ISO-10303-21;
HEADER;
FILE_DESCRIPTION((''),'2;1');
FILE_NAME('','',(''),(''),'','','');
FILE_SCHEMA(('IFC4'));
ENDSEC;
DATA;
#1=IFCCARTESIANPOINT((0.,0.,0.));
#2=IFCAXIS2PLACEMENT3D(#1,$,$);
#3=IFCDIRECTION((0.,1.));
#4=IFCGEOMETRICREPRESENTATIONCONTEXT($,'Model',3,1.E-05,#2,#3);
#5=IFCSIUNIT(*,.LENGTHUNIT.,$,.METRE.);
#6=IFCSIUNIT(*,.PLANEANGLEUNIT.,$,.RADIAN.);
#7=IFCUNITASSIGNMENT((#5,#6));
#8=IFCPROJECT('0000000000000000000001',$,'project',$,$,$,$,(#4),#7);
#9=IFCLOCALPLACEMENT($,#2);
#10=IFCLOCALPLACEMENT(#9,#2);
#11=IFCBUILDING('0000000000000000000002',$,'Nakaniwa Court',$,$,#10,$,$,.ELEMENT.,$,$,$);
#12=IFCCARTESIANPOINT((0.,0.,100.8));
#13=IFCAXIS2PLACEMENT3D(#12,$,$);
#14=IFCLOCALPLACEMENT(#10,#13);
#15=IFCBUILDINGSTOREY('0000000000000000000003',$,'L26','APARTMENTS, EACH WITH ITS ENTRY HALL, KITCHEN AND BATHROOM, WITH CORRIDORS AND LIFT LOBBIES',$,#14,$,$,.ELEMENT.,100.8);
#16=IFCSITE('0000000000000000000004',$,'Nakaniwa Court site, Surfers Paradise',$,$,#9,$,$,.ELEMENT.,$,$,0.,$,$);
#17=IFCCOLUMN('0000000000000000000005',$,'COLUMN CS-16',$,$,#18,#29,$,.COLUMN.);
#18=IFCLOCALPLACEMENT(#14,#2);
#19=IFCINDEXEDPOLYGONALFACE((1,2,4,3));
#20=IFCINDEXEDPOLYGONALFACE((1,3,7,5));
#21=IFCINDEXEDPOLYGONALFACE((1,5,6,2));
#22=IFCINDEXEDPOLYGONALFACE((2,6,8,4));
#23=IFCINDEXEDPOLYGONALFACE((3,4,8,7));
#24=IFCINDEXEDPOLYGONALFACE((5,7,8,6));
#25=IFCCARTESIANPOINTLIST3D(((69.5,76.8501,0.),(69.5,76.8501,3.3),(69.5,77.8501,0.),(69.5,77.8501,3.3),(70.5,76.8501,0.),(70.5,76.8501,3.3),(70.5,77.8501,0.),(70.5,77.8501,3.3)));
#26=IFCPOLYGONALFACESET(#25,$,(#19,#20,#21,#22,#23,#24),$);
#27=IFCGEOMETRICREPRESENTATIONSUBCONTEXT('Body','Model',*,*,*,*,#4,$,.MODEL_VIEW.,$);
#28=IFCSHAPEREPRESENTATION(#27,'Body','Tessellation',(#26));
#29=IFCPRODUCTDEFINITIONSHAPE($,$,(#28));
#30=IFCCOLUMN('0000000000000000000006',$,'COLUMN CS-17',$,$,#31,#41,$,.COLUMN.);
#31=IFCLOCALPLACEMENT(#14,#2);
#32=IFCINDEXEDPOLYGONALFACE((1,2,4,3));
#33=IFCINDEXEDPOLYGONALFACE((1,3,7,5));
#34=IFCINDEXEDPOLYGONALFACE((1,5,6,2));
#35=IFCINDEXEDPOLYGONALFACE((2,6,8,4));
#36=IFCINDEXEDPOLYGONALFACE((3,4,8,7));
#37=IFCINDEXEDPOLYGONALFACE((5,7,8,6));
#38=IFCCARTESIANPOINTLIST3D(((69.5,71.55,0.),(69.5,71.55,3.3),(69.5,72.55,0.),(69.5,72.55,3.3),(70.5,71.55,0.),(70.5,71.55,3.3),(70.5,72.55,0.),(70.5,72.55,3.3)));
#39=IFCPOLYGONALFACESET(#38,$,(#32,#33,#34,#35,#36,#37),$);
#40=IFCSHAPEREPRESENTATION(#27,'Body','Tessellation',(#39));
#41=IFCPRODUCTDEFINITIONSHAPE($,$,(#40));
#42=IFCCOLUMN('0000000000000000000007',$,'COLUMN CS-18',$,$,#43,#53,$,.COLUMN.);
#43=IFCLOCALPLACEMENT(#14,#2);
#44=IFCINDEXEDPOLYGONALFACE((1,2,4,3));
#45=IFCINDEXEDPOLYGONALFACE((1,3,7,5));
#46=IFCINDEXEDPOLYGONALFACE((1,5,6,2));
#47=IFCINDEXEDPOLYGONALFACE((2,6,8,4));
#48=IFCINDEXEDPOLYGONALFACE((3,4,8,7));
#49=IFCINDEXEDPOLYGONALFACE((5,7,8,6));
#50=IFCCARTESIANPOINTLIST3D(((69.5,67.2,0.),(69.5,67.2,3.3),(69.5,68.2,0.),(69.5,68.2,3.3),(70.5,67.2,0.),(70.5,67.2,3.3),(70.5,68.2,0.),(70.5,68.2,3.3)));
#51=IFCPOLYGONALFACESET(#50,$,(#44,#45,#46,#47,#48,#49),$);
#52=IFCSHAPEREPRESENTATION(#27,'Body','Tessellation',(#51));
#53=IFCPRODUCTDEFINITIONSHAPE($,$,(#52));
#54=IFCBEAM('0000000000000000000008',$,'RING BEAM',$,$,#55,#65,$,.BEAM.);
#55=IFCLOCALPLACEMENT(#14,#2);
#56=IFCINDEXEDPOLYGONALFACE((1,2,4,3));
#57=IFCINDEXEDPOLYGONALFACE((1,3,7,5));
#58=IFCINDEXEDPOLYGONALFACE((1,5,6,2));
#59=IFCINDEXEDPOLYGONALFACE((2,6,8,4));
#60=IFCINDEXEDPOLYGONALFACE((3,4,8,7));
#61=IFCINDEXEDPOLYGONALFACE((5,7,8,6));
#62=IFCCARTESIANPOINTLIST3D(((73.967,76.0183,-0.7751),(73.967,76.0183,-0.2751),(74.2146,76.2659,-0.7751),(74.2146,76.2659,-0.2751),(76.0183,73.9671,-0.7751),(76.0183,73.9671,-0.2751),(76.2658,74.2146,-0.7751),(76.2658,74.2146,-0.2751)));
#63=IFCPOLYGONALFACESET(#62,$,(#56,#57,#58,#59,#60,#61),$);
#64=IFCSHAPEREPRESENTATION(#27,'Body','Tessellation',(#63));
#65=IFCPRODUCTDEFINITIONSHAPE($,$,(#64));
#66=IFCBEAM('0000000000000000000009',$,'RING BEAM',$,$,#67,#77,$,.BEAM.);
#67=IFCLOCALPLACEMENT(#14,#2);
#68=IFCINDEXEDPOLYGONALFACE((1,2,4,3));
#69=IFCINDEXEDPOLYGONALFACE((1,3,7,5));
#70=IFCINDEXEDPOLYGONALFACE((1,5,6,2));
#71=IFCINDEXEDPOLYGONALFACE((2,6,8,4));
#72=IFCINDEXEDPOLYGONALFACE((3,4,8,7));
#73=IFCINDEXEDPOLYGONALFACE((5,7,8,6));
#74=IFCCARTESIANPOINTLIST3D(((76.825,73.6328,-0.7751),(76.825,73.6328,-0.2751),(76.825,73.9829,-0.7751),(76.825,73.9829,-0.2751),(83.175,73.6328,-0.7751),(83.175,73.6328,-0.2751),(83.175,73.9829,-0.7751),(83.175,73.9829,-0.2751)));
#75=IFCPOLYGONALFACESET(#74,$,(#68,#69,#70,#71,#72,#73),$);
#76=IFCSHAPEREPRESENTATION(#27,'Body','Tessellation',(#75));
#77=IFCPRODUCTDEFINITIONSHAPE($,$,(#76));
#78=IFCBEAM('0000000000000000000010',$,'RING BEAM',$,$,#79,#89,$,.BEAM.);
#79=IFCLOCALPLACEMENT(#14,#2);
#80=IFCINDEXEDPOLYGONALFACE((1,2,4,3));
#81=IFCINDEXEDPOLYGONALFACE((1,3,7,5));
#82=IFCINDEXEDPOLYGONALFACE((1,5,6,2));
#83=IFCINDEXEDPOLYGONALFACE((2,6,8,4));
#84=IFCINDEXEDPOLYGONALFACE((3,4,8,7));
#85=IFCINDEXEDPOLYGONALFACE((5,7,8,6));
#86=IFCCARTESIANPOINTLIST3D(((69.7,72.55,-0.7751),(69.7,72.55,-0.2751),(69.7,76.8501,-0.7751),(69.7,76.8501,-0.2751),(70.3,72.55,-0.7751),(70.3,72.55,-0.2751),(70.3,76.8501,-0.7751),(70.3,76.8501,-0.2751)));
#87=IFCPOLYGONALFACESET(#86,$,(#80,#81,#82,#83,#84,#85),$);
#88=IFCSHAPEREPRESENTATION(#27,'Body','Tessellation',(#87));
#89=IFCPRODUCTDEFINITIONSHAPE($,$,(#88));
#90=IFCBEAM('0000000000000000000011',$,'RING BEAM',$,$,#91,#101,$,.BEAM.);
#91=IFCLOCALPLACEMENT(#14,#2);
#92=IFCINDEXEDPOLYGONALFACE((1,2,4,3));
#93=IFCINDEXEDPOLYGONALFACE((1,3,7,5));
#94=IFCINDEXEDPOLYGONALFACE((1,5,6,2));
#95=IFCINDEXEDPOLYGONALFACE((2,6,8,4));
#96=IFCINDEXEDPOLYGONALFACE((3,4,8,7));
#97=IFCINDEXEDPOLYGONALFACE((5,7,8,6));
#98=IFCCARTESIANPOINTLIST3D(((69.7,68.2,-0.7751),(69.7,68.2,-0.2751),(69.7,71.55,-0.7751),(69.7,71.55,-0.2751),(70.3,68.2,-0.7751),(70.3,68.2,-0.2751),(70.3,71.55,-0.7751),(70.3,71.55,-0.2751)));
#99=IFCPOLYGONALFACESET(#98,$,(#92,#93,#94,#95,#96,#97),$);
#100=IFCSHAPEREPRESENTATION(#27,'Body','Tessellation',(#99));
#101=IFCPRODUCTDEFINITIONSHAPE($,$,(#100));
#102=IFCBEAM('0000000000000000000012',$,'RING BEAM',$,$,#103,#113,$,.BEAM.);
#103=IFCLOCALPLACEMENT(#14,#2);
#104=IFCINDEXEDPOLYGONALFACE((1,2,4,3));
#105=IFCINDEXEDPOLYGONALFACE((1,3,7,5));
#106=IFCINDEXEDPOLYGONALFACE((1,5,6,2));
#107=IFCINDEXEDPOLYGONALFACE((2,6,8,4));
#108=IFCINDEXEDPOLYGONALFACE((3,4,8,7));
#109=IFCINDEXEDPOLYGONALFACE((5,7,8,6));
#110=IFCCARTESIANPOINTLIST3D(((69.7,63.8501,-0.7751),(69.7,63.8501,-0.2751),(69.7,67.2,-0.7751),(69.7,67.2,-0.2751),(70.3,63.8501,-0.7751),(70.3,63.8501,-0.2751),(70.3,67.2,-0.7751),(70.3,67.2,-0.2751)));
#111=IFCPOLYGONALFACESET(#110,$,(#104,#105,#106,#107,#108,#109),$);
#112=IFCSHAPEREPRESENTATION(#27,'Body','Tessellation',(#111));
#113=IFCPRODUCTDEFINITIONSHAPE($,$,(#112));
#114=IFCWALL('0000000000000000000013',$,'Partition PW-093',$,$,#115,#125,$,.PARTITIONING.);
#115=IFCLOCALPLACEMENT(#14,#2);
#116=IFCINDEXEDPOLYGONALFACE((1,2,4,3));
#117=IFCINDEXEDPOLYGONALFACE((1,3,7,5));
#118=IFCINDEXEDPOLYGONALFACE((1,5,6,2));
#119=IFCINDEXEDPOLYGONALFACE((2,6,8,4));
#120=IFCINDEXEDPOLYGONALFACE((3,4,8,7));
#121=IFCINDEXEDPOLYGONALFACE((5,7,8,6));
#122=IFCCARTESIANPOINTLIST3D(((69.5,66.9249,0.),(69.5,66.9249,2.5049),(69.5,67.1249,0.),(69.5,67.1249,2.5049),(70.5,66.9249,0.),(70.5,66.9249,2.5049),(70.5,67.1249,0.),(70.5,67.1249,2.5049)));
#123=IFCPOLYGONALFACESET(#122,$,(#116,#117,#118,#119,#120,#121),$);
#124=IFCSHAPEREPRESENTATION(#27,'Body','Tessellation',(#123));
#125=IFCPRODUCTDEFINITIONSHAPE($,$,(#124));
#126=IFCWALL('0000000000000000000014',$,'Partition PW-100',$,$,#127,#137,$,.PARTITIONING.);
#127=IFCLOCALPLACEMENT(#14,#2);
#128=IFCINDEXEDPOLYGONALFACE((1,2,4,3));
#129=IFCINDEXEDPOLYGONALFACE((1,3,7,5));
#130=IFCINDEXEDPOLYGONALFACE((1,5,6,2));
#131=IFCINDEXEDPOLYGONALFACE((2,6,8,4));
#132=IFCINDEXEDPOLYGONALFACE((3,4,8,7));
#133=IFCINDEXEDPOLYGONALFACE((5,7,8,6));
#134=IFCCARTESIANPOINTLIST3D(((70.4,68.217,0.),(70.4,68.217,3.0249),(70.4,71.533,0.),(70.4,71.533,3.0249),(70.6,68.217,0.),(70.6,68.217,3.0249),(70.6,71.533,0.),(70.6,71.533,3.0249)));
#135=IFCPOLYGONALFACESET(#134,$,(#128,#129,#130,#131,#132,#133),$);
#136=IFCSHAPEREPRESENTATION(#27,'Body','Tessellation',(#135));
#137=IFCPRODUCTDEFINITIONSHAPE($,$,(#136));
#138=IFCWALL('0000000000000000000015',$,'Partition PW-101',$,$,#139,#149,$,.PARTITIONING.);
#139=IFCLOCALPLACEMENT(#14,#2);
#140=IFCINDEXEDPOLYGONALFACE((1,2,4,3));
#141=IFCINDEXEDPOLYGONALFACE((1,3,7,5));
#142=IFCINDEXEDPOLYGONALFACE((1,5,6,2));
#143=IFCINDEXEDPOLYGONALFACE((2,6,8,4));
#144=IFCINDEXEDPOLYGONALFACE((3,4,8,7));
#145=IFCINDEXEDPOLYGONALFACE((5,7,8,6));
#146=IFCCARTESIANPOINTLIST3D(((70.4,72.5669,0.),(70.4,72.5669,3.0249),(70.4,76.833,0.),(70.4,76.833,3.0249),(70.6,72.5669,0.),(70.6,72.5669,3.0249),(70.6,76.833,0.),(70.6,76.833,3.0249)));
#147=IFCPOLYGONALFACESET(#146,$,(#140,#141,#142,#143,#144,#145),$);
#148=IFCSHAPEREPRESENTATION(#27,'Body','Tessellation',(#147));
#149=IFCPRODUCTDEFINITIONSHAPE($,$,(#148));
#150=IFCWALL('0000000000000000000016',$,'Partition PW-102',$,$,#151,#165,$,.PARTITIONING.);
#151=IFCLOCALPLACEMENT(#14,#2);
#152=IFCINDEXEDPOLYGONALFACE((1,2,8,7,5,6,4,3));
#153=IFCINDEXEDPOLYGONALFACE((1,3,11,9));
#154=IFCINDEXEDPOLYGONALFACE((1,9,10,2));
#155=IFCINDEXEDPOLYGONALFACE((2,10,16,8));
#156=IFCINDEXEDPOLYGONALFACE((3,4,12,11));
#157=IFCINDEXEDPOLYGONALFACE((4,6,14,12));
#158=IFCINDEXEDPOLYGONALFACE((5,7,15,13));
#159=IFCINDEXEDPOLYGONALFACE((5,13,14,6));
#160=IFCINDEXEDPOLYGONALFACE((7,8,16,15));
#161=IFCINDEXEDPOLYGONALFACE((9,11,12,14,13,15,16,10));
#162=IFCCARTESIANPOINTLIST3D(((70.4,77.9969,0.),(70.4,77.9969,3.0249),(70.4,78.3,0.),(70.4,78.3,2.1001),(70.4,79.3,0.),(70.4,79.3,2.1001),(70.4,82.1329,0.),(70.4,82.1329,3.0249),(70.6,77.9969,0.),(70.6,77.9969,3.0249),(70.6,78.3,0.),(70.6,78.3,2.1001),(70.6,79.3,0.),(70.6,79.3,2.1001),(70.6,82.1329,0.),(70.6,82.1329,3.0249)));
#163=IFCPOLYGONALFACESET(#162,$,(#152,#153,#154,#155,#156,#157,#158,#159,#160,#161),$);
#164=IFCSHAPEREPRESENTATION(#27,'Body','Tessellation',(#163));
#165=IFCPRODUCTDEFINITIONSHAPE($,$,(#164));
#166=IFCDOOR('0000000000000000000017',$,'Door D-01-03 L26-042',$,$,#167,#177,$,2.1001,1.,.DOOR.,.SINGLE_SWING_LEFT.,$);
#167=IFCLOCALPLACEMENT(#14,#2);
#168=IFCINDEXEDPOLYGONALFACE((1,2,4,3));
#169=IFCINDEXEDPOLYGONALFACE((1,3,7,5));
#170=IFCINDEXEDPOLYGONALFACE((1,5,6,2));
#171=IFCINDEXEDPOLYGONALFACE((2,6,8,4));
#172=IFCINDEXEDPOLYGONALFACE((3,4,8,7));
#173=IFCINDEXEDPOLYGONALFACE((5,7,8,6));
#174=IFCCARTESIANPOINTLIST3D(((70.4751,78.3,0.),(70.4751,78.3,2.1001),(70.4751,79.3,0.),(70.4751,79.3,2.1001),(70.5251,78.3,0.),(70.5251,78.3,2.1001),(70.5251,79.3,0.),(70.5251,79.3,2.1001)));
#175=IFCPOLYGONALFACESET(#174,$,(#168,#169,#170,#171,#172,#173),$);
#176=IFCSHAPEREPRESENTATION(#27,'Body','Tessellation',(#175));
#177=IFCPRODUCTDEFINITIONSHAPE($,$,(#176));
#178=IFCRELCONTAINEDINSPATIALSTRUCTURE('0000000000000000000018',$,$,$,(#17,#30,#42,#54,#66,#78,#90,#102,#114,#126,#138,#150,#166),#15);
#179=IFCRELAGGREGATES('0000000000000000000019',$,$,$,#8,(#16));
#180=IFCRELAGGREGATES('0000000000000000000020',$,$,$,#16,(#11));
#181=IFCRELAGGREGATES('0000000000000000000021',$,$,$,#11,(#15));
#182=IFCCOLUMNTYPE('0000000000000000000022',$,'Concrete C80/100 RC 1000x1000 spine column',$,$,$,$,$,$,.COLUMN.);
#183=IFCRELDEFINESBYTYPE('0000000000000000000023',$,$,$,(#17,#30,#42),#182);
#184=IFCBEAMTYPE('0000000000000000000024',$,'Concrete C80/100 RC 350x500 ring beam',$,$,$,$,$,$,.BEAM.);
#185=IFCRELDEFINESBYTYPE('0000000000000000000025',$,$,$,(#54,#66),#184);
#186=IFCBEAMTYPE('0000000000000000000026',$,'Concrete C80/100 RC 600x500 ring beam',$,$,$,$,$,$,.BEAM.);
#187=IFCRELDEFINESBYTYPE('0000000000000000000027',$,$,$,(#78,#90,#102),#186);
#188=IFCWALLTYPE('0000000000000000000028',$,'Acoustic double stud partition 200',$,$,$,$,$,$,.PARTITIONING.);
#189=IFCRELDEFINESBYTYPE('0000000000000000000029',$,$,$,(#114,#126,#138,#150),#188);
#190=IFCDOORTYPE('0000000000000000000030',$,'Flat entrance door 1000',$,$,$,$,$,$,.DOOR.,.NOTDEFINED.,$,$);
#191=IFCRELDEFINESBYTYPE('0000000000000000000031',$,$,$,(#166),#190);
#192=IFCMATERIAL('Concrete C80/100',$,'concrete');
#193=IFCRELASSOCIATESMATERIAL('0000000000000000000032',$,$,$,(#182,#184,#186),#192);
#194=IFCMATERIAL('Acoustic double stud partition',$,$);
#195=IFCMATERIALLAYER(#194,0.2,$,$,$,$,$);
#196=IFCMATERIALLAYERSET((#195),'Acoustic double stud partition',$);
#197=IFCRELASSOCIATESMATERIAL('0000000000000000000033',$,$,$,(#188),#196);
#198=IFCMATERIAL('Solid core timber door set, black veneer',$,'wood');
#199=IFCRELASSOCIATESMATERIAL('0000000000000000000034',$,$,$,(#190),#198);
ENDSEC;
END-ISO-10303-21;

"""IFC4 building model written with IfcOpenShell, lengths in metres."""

from ifc_helpers import new_model, si_unit, direction, frame, frame_2d, origin, origin_2d, place, context, subcontext, project, spatial, rectangle, extrude, material, layer, layer_set, material_profile, profile_set, type_object, element, fill, save


model = new_model("IFC4")

# Units and contexts
model_context = context("Model", 3, precision=1e-05, world=origin(), true_north=direction((0.0, 1.0)))
body_context = subcontext(model_context, "Body", "Model", "MODEL_VIEW")
ifc_project = project(units=[si_unit("LENGTHUNIT", "METRE"), si_unit("PLANEANGLEUNIT", "RADIAN")], contexts=[model_context])

# Site, building, storey
site_placement = place(None, origin())
site = spatial("IfcSite", under=ifc_project, at=site_placement, Name="Nakaniwa Court site, Surfers Paradise", CompositionType="ELEMENT", RefElevation=0.0)
building_placement = place(site_placement, origin())
building = spatial("IfcBuilding", under=site, at=building_placement, Name="Nakaniwa Court", CompositionType="ELEMENT")
storey_placement = place(building_placement, frame((0.0, 0.0, 100.8)))
storey = spatial("IfcBuildingStorey", under=building, at=storey_placement, Name="L26", Description="APARTMENTS, EACH WITH ITS ENTRY HALL, KITCHEN AND BATHROOM, WITH CORRIDORS AND LIFT LOBBIES", CompositionType="ELEMENT", Elevation=100.8)

# Columns
ifc_material_1 = material(Name="Concrete C80/100", Category="concrete")
ifc_material_profile_1 = material_profile(ifc_material_1, rectangle(XDim=1.0, YDim=1.0, at=origin_2d()), Name="Concrete C80/100 RC 1000x1000 spine column")
ifc_profile_set_1 = profile_set([ifc_material_profile_1], Name="Concrete C80/100")
column_type_1 = type_object("IfcColumnType", Name="Concrete C80/100 RC 1000x1000 spine column", PredefinedType="COLUMN", material=ifc_profile_set_1)
for number, where, z_axis, x_axis, name in (
    (1, (70.0, 77.3501, 0.0), (0.0, 0.0, 1.0), (0.0, -1.0, 0.0), "COLUMN CS-16"),
    (2, (70.0, 72.05, 0.0), (0.0, 0.0, 1.0), (0.0, -1.0, 0.0), "COLUMN CS-17"),
    (3, (70.0, 67.7, 0.0), (0.0, 0.0, 1.0), (0.0, -1.0, 0.0), "COLUMN CS-18"),
):
    element("IfcColumn", number, at=place(storey_placement, frame(where, z_axis=z_axis, x_axis=x_axis)), inside=storey, type_object=column_type_1, Name=name, PredefinedType="COLUMN", context=body_context, shape_type="SweptSolid", body=[
        extrude(rectangle(XDim=1.0, YDim=1.0, at=origin_2d()), origin(), (0.0, 0.0, 1.0), 3.3),
    ])

# Beams
ifc_material_profile_2 = material_profile(ifc_material_1, rectangle(XDim=0.3501, YDim=0.5, at=origin_2d()), Name="Concrete C80/100 RC 350x500 ring beam")
ifc_profile_set_2 = profile_set([ifc_material_profile_2], Name="Concrete C80/100")
beam_type_1 = type_object("IfcBeamType", Name="Concrete C80/100 RC 350x500 ring beam", PredefinedType="BEAM", material=ifc_profile_set_2)
beam_1_placement = place(storey_placement, frame((74.0908, 76.1421, -0.5251), z_axis=(0.707107, -0.707107, 0.0), x_axis=(0.707107, 0.707107, 0.0)))
element("IfcBeam", 4, at=beam_1_placement, inside=storey, type_object=beam_type_1, Name="RING BEAM", PredefinedType="BEAM", context=body_context, shape_type="SweptSolid", body=[
    extrude(rectangle(XDim=0.3501, YDim=0.5, at=origin_2d()), origin(), (0.0, 0.0, 1.0), 2.9009),
])
beam_2_placement = place(storey_placement, frame((76.825, 73.8079, -0.5251), z_axis=(1.0, 0.0, 0.0), x_axis=(0.0, 1.0, 0.0)))
element("IfcBeam", 5, at=beam_2_placement, inside=storey, type_object=beam_type_1, Name="RING BEAM", PredefinedType="BEAM", context=body_context, shape_type="SweptSolid", body=[
    extrude(rectangle(XDim=0.3501, YDim=0.5, at=origin_2d()), origin(), (0.0, 0.0, 1.0), 6.3501),
])
ifc_material_profile_3 = material_profile(ifc_material_1, rectangle(XDim=0.6001, YDim=0.5, at=origin_2d()), Name="Concrete C80/100 RC 600x500 ring beam")
ifc_profile_set_3 = profile_set([ifc_material_profile_3], Name="Concrete C80/100")
beam_type_2 = type_object("IfcBeamType", Name="Concrete C80/100 RC 600x500 ring beam", PredefinedType="BEAM", material=ifc_profile_set_3)
beam_3_placement = place(storey_placement, frame((70.0, 76.8501, -0.5251), z_axis=(0.0, -1.0, 0.0), x_axis=(1.0, 0.0, 0.0)))
element("IfcBeam", 6, at=beam_3_placement, inside=storey, type_object=beam_type_2, Name="RING BEAM", PredefinedType="BEAM", context=body_context, shape_type="SweptSolid", body=[
    extrude(rectangle(XDim=0.6001, YDim=0.5, at=origin_2d()), origin(), (0.0, 0.0, 1.0), 4.3),
])
beam_4_placement = place(storey_placement, frame((70.0, 71.55, -0.5251), z_axis=(0.0, -1.0, 0.0), x_axis=(1.0, 0.0, 0.0)))
element("IfcBeam", 7, at=beam_4_placement, inside=storey, type_object=beam_type_2, Name="RING BEAM", PredefinedType="BEAM", context=body_context, shape_type="SweptSolid", body=[
    extrude(rectangle(XDim=0.6001, YDim=0.5, at=origin_2d()), origin(), (0.0, 0.0, 1.0), 3.3501),
])
beam_5_placement = place(storey_placement, frame((70.0, 67.2, -0.5251), z_axis=(0.0, -1.0, 0.0), x_axis=(1.0, 0.0, 0.0)))
element("IfcBeam", 8, at=beam_5_placement, inside=storey, type_object=beam_type_2, Name="RING BEAM", PredefinedType="BEAM", context=body_context, shape_type="SweptSolid", body=[
    extrude(rectangle(XDim=0.6001, YDim=0.5, at=origin_2d()), origin(), (0.0, 0.0, 1.0), 3.3499),
])

# Walls
ifc_material_2 = material(Name="Acoustic double stud partition")
ifc_layer_1 = layer(ifc_material_2, 0.2)
ifc_layer_set_1 = layer_set([ifc_layer_1], Name="Acoustic double stud partition")
wall_type_1 = type_object("IfcWallType", Name="Acoustic double stud partition 200", PredefinedType="PARTITIONING", material=ifc_layer_set_1)
wall_1_placement = place(storey_placement, frame((69.5, 67.0249, 0.0), z_axis=(0.0, 0.0, 1.0), x_axis=(1.0, 0.0, 0.0)))
element("IfcWall", 9, at=wall_1_placement, inside=storey, type_object=wall_type_1, Name="Partition PW-093", PredefinedType="PARTITIONING", context=body_context, shape_type="SweptSolid", body=[
    extrude(rectangle(XDim=1.0, YDim=0.2, at=frame_2d((0.5, 0.0))), origin(), (0.0, 0.0, 1.0), 2.5049),
])
wall_2_placement = place(storey_placement, frame((70.5, 68.217, 0.0), z_axis=(0.0, 0.0, 1.0), x_axis=(0.0, 1.0, 0.0)))
element("IfcWall", 10, at=wall_2_placement, inside=storey, type_object=wall_type_1, Name="Partition PW-100", PredefinedType="PARTITIONING", context=body_context, shape_type="SweptSolid", body=[
    extrude(rectangle(XDim=3.3159, YDim=0.2, at=frame_2d((1.658, 0.0))), origin(), (0.0, 0.0, 1.0), 3.0249),
])
wall_3_placement = place(storey_placement, frame((70.5, 72.5669, 0.0), z_axis=(0.0, 0.0, 1.0), x_axis=(0.0, 1.0, 0.0)))
element("IfcWall", 11, at=wall_3_placement, inside=storey, type_object=wall_type_1, Name="Partition PW-101", PredefinedType="PARTITIONING", context=body_context, shape_type="SweptSolid", body=[
    extrude(rectangle(XDim=4.2661, YDim=0.2, at=frame_2d((2.1331, 0.0))), origin(), (0.0, 0.0, 1.0), 3.0249),
])

# Wall, opening, door
wall_4_placement = place(storey_placement, frame((70.5, 77.9971, 0.0), z_axis=(0.0, 0.0, 1.0), x_axis=(0.0, 1.0, 0.0)))
wall_4 = element("IfcWall", 12, at=wall_4_placement, inside=storey, type_object=wall_type_1, Name="Partition PW-102", PredefinedType="PARTITIONING", context=body_context, shape_type="SweptSolid", body=[
    extrude(rectangle(XDim=4.136, YDim=0.2, at=frame_2d((2.0679, 0.0))), origin(), (0.0, 0.0, 1.0), 3.0249),
])
opening_1_placement = place(wall_4_placement, frame((0.303, 0.0, 0.0)))
opening_1 = element("IfcOpeningElement", 13, at=opening_1_placement, cuts=wall_4, PredefinedType="OPENING", context=body_context, shape_type="SweptSolid", body=[
    extrude(rectangle(XDim=1.0, YDim=2.1001, at=frame_2d((0.5, 1.05))), frame((0.0, 0.1099, 0.0), z_axis=(0.0, -1.0, 0.0), x_axis=(1.0, 0.0, 0.0)), (0.0, 0.0, 1.0), 0.22),
])
ifc_material_3 = material(Name="Solid core timber door set, black veneer", Category="wood")
door_type_1 = type_object("IfcDoorType", Name="Flat entrance door 1000", OperationType="NOTDEFINED", PredefinedType="DOOR", material=ifc_material_3)
door_1_placement = place(opening_1_placement, origin())
door_1 = element("IfcDoor", 14, at=door_1_placement, inside=storey, type_object=door_type_1, Name="Door D-01-03 L26-042", OperationType="SINGLE_SWING_LEFT", OverallHeight=2.1001, OverallWidth=1.0, PredefinedType="DOOR", context=body_context, shape_type="SweptSolid", body=[
    extrude(rectangle(XDim=1.0, YDim=2.1001, at=frame_2d((0.5, 1.05))), frame((0.0, 0.0249, 0.0), z_axis=(0.0, -1.0, 0.0), x_axis=(1.0, 0.0, 0.0)), (0.0, 0.0, 1.0), 0.05),
])
fill(opening_1, door_1)

save(model, "model.ifc")
